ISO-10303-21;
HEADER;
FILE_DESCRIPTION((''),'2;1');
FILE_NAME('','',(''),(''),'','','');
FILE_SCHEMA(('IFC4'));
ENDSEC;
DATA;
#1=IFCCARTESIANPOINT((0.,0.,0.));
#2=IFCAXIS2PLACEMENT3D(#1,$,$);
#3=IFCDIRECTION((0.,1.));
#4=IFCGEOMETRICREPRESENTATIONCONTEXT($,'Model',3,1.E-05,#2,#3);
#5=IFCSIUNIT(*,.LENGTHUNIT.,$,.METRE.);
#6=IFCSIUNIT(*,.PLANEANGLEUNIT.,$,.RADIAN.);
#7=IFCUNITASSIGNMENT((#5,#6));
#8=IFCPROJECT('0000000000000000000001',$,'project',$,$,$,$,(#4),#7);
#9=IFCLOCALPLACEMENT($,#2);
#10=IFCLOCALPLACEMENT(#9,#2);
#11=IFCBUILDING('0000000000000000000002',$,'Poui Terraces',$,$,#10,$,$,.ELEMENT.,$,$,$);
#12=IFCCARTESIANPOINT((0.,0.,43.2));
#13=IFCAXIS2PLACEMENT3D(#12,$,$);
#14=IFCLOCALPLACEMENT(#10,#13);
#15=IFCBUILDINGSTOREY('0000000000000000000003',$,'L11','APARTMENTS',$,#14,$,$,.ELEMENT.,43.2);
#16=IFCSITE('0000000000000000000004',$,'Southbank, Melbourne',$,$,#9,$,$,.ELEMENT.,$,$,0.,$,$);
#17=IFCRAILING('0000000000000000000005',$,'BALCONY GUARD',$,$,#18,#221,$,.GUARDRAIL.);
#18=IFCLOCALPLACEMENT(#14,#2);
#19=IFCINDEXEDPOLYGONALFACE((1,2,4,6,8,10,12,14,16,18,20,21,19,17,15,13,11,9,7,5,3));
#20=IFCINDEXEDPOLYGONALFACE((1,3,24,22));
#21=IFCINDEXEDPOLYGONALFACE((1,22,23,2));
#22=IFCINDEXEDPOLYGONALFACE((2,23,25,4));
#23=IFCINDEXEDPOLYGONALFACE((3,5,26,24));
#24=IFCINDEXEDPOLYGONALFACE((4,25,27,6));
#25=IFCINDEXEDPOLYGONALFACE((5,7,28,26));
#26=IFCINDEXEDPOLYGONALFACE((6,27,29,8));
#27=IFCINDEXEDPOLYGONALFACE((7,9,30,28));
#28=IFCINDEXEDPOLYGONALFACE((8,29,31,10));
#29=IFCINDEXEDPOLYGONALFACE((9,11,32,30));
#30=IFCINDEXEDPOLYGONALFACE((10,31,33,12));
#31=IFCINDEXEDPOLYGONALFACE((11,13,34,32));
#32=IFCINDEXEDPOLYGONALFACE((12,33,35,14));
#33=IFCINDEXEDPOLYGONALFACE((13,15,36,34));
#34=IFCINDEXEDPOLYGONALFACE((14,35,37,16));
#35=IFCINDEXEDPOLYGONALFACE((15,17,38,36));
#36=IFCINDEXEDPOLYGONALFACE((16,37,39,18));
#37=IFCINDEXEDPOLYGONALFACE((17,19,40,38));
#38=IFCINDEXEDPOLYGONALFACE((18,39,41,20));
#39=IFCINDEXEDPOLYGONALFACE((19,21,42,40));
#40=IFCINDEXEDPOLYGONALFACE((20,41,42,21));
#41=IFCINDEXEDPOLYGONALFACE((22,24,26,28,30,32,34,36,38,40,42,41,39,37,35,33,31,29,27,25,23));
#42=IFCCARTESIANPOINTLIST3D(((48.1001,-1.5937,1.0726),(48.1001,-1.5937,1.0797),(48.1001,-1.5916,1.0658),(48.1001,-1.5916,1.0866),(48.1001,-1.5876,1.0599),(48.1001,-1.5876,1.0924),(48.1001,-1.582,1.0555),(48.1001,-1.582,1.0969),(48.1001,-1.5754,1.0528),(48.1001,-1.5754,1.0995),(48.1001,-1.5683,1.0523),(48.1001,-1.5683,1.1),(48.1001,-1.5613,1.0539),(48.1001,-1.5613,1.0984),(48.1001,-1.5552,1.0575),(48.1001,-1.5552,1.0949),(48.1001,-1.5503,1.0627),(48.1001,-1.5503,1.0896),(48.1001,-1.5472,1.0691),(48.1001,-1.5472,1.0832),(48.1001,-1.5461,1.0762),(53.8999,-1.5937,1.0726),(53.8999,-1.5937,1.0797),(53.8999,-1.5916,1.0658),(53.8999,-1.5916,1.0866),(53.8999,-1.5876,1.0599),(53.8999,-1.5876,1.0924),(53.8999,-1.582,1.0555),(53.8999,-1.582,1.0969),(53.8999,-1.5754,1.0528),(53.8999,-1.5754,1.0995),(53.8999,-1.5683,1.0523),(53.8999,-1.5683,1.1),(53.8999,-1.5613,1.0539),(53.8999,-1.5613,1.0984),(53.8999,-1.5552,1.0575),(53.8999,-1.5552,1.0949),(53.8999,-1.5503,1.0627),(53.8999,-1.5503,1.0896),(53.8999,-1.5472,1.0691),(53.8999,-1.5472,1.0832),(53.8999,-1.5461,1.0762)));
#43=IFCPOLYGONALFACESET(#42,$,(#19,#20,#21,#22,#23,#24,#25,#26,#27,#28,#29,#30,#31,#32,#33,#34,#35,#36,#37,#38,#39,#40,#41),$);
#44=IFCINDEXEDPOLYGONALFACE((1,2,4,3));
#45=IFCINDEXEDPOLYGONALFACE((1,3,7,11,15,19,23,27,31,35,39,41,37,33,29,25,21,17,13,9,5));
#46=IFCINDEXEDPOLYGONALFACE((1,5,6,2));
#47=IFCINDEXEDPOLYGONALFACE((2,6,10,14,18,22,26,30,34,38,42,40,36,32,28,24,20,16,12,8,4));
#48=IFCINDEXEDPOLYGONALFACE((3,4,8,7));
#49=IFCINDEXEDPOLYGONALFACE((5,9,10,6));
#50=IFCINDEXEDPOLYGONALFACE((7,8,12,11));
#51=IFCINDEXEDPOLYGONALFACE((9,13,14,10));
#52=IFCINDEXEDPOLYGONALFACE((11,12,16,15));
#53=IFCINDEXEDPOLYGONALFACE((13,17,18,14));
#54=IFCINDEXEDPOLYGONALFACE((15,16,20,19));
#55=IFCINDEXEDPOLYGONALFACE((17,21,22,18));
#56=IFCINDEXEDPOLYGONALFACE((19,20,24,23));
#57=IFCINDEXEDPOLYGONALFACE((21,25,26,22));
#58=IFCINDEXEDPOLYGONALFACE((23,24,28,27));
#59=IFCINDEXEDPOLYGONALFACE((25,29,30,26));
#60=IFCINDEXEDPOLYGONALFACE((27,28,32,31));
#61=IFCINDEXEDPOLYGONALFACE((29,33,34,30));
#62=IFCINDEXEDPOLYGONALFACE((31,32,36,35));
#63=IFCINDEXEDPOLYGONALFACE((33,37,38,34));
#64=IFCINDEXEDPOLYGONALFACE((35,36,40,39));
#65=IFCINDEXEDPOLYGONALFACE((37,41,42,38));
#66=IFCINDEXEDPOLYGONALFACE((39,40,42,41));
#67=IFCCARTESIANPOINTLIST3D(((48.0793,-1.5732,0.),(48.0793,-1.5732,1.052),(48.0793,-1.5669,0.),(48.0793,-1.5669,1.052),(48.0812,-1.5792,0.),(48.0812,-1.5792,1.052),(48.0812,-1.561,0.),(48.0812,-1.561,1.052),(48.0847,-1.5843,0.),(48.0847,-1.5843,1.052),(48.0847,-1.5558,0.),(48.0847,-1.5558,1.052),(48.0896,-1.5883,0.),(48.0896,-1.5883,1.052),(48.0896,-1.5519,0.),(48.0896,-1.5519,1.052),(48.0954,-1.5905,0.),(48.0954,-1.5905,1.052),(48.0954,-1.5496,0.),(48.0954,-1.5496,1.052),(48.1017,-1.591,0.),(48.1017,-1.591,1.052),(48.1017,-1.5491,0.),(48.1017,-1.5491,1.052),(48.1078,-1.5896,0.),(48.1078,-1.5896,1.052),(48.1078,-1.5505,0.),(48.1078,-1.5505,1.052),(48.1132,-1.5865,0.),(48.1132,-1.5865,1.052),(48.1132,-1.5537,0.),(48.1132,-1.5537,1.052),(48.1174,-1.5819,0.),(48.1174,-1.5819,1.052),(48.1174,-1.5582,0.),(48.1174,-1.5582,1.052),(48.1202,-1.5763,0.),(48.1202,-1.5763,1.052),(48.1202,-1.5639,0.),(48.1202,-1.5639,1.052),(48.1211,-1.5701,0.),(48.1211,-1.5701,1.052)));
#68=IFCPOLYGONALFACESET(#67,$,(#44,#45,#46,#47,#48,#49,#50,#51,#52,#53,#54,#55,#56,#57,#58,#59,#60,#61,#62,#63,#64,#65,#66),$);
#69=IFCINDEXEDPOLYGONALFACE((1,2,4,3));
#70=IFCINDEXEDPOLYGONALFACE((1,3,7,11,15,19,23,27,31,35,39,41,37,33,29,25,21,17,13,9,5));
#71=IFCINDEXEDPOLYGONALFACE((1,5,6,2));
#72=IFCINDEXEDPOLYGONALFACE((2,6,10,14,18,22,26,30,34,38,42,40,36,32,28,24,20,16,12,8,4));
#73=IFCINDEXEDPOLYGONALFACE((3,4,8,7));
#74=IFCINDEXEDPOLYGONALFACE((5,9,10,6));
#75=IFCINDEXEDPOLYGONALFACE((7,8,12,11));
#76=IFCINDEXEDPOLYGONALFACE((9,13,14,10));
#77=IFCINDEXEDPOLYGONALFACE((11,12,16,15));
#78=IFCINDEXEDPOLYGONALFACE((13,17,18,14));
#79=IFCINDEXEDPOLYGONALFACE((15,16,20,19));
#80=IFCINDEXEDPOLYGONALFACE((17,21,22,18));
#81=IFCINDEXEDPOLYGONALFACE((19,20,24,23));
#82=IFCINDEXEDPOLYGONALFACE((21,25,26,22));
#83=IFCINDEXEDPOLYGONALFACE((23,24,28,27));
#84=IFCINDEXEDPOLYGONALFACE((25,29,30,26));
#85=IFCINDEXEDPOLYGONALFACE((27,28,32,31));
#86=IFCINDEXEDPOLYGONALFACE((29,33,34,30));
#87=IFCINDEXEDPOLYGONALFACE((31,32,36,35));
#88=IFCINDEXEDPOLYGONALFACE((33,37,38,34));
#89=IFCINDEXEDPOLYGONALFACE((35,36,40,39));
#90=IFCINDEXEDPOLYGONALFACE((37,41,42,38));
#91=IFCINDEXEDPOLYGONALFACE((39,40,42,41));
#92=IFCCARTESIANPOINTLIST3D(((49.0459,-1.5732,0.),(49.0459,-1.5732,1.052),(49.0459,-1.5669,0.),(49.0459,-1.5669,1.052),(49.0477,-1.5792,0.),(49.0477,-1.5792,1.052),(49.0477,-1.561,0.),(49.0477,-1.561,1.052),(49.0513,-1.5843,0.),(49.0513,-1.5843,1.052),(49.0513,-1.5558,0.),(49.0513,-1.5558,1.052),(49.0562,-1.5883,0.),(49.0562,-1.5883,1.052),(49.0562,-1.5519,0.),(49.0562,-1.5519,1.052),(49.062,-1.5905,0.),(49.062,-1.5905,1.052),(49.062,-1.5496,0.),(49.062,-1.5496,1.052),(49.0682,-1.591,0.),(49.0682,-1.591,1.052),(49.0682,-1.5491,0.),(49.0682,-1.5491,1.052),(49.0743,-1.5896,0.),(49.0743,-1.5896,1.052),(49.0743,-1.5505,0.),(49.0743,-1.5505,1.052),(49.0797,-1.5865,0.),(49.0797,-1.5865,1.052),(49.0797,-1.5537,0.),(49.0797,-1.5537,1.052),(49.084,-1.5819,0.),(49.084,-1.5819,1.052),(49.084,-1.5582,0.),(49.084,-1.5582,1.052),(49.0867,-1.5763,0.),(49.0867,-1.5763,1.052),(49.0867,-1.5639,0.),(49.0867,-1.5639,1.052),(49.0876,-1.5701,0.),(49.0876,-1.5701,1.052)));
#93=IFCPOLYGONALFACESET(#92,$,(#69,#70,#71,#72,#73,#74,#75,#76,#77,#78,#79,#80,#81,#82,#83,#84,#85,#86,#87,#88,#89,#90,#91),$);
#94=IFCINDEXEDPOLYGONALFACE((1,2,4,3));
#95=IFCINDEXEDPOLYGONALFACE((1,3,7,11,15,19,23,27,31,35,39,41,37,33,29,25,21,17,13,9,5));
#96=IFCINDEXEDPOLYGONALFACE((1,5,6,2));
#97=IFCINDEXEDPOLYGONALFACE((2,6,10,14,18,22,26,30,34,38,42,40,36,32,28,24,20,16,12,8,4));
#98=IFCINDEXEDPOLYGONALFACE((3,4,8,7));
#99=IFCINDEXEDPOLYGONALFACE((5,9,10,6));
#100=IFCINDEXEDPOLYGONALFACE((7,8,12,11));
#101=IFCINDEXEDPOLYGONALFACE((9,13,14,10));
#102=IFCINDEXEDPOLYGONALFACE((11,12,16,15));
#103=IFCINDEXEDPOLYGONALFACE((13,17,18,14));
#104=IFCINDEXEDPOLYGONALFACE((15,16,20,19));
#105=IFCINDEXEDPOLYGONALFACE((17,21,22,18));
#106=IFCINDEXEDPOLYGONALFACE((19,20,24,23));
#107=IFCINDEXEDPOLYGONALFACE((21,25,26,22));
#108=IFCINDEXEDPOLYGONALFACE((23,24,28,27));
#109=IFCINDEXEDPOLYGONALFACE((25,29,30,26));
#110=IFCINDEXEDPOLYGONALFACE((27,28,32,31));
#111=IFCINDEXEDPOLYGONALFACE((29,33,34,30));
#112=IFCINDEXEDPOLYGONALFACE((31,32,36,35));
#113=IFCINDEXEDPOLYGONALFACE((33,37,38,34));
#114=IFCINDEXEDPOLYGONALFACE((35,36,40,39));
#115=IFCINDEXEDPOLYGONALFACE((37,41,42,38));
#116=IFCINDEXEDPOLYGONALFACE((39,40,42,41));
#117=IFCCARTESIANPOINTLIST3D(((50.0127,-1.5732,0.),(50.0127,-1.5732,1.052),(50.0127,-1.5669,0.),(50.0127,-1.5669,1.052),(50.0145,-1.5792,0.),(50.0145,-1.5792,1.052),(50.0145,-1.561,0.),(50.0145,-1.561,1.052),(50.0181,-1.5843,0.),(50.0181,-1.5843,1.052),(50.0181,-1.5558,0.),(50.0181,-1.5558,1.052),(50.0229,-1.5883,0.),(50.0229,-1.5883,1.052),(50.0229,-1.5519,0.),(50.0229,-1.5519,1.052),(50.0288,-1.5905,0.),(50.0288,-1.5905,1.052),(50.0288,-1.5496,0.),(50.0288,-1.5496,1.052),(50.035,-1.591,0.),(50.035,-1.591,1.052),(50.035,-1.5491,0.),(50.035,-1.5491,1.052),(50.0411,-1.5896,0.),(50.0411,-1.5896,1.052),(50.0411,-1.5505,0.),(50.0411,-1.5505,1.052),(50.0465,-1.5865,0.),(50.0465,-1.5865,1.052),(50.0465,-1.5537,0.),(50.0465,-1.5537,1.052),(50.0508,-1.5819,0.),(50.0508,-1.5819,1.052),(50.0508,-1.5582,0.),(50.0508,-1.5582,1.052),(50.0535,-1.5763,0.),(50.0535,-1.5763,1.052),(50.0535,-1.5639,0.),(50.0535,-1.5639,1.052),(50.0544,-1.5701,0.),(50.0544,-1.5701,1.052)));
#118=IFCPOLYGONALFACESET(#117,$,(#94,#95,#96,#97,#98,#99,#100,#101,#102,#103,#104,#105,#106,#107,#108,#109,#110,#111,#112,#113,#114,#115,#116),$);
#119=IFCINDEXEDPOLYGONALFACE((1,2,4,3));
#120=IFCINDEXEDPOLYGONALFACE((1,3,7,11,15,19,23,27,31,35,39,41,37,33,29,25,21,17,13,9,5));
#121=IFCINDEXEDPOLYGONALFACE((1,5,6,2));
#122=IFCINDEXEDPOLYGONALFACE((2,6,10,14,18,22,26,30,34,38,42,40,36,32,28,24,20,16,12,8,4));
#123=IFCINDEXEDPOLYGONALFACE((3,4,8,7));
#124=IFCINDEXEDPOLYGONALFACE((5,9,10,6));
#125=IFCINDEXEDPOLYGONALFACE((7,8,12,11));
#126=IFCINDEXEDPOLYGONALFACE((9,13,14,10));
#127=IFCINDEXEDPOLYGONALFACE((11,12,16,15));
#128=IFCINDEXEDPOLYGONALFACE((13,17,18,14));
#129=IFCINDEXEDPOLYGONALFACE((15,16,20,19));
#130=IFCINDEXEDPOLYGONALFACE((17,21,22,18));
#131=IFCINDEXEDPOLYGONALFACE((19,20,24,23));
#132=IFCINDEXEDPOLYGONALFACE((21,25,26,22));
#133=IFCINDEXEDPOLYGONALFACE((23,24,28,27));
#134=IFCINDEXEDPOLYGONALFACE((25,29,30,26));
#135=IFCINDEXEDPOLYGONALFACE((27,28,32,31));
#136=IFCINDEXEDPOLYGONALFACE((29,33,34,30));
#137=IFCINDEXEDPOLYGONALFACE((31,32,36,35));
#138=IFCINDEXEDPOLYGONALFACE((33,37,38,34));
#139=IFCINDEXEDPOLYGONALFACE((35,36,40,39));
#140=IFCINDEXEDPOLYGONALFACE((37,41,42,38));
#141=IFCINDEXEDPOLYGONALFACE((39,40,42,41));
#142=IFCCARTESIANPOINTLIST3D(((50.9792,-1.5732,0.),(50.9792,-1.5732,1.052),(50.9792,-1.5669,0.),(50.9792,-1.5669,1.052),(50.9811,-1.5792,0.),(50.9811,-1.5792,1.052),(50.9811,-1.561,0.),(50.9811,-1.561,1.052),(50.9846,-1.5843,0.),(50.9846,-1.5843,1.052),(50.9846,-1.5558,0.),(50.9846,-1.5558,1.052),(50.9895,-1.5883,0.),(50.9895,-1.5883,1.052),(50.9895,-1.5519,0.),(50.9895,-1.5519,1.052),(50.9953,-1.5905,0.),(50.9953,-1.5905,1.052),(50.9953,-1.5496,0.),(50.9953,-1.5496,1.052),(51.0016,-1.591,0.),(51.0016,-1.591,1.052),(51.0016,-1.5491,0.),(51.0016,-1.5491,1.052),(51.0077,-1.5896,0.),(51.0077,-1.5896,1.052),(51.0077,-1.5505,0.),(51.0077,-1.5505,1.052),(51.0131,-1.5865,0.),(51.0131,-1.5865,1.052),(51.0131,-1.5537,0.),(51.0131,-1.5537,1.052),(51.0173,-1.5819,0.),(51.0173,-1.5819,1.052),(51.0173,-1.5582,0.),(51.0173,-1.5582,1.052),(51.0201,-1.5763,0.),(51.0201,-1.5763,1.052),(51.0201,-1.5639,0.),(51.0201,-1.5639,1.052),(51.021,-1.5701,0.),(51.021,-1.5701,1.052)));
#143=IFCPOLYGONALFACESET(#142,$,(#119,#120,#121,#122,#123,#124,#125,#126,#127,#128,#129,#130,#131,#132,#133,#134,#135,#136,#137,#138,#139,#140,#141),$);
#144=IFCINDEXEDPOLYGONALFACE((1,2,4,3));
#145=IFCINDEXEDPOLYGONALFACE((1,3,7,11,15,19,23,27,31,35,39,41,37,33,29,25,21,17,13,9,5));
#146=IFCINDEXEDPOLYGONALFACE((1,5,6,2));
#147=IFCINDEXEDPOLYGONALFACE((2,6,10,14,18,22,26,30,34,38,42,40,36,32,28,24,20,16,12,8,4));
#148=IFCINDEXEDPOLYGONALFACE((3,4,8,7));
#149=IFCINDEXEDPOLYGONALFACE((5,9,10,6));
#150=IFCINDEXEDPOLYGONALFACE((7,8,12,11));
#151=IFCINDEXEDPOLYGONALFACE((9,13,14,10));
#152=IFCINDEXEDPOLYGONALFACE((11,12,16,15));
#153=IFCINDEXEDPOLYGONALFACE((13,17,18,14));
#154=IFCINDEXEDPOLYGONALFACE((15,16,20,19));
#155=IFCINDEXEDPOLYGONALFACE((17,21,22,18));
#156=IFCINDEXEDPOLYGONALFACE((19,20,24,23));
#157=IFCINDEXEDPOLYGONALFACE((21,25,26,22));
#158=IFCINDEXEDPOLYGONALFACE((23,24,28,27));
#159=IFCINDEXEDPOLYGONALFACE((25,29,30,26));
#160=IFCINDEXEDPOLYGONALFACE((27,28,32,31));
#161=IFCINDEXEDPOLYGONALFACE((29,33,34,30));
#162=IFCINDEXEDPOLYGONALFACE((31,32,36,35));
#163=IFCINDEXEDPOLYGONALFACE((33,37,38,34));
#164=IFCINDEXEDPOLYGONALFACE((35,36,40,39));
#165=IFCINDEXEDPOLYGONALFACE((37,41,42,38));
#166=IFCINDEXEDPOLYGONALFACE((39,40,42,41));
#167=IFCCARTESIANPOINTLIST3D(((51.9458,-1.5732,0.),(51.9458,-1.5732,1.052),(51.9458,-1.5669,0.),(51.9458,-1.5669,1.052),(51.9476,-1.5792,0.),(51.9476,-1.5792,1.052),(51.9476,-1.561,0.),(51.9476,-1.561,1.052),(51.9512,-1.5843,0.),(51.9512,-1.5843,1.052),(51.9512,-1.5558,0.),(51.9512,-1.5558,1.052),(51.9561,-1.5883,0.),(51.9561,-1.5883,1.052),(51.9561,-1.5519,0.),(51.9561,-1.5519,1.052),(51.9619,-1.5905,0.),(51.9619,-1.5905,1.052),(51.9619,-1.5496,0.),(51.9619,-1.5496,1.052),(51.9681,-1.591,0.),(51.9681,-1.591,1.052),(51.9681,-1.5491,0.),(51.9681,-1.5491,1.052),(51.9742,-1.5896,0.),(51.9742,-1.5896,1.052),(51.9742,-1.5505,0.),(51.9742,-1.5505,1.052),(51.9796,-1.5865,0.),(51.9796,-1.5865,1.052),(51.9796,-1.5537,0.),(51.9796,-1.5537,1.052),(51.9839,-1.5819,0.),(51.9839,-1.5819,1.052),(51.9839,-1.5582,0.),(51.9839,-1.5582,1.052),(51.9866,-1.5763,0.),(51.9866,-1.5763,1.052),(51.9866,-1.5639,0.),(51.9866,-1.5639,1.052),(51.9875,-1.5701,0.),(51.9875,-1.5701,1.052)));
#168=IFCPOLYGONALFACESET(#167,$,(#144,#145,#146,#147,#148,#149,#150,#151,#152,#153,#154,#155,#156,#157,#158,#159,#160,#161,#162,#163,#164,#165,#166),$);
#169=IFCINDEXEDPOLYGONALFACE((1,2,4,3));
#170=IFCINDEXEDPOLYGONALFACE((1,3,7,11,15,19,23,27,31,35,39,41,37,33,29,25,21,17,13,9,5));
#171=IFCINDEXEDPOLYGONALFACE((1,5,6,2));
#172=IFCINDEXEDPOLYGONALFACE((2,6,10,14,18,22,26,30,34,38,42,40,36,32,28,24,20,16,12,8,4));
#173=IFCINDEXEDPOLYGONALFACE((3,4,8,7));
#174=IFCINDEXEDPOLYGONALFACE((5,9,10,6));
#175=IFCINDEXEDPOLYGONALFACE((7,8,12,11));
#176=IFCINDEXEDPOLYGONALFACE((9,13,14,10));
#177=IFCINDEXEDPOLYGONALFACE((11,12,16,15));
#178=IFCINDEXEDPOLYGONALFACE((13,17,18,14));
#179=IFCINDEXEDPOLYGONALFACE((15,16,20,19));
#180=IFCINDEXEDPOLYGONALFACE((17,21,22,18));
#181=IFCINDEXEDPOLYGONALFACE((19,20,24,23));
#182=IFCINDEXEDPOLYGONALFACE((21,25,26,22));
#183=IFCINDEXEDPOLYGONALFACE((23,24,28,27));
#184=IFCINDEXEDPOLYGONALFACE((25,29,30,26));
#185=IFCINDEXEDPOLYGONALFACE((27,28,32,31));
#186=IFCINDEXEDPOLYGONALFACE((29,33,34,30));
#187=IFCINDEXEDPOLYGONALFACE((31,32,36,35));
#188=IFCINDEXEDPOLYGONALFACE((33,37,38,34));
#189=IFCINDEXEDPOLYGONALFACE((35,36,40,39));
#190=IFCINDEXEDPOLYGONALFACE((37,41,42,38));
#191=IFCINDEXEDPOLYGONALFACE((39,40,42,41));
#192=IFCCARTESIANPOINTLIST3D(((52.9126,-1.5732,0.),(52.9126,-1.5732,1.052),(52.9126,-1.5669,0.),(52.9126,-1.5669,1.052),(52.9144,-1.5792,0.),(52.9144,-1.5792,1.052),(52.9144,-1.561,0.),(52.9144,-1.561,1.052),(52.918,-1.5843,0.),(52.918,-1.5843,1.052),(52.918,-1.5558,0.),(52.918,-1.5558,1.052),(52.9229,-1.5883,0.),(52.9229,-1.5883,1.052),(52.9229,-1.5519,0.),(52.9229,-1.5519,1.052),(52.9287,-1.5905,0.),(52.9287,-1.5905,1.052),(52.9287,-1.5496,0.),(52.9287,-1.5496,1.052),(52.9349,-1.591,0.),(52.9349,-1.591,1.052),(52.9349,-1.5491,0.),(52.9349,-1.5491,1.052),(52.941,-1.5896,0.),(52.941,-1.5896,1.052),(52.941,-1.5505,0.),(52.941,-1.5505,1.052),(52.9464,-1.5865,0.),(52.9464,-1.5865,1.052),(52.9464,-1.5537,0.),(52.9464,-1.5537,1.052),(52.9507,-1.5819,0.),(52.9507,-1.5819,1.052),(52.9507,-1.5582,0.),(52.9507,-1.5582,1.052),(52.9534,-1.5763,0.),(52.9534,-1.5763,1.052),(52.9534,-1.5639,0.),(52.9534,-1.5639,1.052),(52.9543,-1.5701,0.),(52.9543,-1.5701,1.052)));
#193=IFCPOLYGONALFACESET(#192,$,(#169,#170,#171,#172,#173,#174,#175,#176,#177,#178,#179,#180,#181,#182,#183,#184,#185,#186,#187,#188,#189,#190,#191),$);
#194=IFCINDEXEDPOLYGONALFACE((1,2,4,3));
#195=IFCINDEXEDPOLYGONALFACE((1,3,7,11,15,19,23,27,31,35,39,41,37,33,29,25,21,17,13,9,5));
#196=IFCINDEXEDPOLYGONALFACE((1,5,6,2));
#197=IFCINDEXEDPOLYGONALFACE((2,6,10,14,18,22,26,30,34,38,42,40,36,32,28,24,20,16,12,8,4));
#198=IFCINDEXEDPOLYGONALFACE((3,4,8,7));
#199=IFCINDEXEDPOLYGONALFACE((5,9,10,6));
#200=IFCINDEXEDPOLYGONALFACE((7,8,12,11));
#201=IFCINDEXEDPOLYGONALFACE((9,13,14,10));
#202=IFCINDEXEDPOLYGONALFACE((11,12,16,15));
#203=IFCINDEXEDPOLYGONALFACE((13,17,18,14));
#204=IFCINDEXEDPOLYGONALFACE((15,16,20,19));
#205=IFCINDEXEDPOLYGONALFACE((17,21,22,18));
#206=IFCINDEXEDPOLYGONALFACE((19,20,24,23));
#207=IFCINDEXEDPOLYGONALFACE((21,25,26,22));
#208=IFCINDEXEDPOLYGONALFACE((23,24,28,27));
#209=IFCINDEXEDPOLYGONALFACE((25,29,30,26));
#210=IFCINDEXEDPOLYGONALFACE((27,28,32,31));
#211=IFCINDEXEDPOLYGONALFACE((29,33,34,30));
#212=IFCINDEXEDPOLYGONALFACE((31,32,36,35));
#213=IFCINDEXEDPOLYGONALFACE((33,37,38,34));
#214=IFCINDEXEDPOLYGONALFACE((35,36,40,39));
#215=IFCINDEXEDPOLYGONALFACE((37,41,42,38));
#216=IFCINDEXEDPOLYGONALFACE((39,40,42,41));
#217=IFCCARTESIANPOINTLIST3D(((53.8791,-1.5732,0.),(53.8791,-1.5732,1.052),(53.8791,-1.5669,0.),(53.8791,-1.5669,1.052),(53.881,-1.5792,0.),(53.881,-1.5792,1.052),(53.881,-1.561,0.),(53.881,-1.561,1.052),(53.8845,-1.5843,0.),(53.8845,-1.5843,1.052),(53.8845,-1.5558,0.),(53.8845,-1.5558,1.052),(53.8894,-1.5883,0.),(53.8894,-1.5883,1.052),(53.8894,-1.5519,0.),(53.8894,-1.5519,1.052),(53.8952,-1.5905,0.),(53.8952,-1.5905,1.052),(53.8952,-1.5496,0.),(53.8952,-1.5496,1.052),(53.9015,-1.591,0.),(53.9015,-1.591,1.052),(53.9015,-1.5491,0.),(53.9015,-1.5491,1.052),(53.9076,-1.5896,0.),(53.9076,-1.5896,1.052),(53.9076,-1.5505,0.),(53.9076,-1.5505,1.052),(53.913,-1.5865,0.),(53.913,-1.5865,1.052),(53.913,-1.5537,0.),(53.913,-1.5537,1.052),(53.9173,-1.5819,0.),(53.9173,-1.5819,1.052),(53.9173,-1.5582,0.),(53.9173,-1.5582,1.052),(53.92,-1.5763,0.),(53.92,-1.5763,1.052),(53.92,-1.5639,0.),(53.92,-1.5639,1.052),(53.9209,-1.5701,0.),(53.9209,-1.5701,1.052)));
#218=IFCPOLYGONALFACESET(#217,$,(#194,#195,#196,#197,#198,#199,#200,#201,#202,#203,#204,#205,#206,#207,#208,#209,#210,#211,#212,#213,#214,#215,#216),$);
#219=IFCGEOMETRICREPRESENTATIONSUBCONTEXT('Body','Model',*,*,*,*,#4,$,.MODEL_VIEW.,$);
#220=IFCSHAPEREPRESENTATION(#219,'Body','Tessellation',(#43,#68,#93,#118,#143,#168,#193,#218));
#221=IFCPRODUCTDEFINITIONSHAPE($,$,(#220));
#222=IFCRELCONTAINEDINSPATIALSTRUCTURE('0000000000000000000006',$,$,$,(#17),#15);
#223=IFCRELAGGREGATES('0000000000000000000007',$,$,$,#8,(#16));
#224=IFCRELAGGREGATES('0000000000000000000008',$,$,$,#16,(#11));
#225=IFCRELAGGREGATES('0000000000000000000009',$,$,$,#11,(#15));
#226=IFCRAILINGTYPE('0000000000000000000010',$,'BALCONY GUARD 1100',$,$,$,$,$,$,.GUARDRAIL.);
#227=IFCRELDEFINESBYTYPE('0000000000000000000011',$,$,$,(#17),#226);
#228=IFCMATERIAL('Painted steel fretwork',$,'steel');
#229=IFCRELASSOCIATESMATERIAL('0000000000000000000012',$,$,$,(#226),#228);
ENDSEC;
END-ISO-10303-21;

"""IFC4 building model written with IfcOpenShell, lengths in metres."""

from ifc_helpers import new_model, si_unit, direction, frame, origin, origin_2d, place, context, subcontext, project, spatial, circle, extrude, material, type_object, element, save


model = new_model("IFC4")

# Units and contexts
model_context = context("Model", 3, precision=1e-05, world=origin(), true_north=direction((0.0, 1.0)))
body_context = subcontext(model_context, "Body", "Model", "MODEL_VIEW")
ifc_project = project(units=[si_unit("LENGTHUNIT", "METRE"), si_unit("PLANEANGLEUNIT", "RADIAN")], contexts=[model_context])

# Site, building, storey
site_placement = place(None, origin())
site = spatial("IfcSite", under=ifc_project, at=site_placement, Name="Southbank, Melbourne", CompositionType="ELEMENT", RefElevation=0.0)
building_placement = place(site_placement, origin())
building = spatial("IfcBuilding", under=site, at=building_placement, Name="Poui Terraces", CompositionType="ELEMENT")
storey_placement = place(building_placement, frame((0.0, 0.0, 43.2)))
storey = spatial("IfcBuildingStorey", under=building, at=storey_placement, Name="L11", Description="APARTMENTS", CompositionType="ELEMENT", Elevation=43.2)

# Railing
ifc_material_1 = material(Name="Painted steel fretwork", Category="steel")
railing_type = type_object("IfcRailingType", Name="BALCONY GUARD 1100", PredefinedType="GUARDRAIL", material=ifc_material_1)
railing_placement = place(storey_placement, frame((48.1001, -1.5701, 0.0)))
element("IfcRailing", 1, at=railing_placement, inside=storey, type_object=railing_type, Name="BALCONY GUARD", PredefinedType="GUARDRAIL", context=body_context, shape_type="SweptSolid", body=[
    extrude(circle(Radius=0.0239, at=origin_2d()), frame((0.0, 0.0, 1.0762), z_axis=(1.0, 0.0, 0.0), x_axis=(0.0, 1.0, 0.0)), (0.0, 0.0, 1.0), 5.7998),
    extrude(circle(Radius=0.021, at=origin_2d()), origin(), (0.0, 0.0, 1.0), 1.052),
    extrude(circle(Radius=0.021, at=origin_2d()), frame((0.9666, 0.0, 0.0)), (0.0, 0.0, 1.0), 1.052),
    extrude(circle(Radius=0.021, at=origin_2d()), frame((1.9333, 0.0, 0.0)), (0.0, 0.0, 1.0), 1.052),
    extrude(circle(Radius=0.021, at=origin_2d()), frame((2.8999, 0.0, 0.0)), (0.0, 0.0, 1.0), 1.052),
    extrude(circle(Radius=0.021, at=origin_2d()), frame((3.8665, 0.0, 0.0)), (0.0, 0.0, 1.0), 1.052),
    extrude(circle(Radius=0.021, at=origin_2d()), frame((4.8333, 0.0, 0.0)), (0.0, 0.0, 1.0), 1.052),
    extrude(circle(Radius=0.021, at=origin_2d()), frame((5.7998, 0.0, 0.0)), (0.0, 0.0, 1.0), 1.052),
])

save(model, "model.ifc")
